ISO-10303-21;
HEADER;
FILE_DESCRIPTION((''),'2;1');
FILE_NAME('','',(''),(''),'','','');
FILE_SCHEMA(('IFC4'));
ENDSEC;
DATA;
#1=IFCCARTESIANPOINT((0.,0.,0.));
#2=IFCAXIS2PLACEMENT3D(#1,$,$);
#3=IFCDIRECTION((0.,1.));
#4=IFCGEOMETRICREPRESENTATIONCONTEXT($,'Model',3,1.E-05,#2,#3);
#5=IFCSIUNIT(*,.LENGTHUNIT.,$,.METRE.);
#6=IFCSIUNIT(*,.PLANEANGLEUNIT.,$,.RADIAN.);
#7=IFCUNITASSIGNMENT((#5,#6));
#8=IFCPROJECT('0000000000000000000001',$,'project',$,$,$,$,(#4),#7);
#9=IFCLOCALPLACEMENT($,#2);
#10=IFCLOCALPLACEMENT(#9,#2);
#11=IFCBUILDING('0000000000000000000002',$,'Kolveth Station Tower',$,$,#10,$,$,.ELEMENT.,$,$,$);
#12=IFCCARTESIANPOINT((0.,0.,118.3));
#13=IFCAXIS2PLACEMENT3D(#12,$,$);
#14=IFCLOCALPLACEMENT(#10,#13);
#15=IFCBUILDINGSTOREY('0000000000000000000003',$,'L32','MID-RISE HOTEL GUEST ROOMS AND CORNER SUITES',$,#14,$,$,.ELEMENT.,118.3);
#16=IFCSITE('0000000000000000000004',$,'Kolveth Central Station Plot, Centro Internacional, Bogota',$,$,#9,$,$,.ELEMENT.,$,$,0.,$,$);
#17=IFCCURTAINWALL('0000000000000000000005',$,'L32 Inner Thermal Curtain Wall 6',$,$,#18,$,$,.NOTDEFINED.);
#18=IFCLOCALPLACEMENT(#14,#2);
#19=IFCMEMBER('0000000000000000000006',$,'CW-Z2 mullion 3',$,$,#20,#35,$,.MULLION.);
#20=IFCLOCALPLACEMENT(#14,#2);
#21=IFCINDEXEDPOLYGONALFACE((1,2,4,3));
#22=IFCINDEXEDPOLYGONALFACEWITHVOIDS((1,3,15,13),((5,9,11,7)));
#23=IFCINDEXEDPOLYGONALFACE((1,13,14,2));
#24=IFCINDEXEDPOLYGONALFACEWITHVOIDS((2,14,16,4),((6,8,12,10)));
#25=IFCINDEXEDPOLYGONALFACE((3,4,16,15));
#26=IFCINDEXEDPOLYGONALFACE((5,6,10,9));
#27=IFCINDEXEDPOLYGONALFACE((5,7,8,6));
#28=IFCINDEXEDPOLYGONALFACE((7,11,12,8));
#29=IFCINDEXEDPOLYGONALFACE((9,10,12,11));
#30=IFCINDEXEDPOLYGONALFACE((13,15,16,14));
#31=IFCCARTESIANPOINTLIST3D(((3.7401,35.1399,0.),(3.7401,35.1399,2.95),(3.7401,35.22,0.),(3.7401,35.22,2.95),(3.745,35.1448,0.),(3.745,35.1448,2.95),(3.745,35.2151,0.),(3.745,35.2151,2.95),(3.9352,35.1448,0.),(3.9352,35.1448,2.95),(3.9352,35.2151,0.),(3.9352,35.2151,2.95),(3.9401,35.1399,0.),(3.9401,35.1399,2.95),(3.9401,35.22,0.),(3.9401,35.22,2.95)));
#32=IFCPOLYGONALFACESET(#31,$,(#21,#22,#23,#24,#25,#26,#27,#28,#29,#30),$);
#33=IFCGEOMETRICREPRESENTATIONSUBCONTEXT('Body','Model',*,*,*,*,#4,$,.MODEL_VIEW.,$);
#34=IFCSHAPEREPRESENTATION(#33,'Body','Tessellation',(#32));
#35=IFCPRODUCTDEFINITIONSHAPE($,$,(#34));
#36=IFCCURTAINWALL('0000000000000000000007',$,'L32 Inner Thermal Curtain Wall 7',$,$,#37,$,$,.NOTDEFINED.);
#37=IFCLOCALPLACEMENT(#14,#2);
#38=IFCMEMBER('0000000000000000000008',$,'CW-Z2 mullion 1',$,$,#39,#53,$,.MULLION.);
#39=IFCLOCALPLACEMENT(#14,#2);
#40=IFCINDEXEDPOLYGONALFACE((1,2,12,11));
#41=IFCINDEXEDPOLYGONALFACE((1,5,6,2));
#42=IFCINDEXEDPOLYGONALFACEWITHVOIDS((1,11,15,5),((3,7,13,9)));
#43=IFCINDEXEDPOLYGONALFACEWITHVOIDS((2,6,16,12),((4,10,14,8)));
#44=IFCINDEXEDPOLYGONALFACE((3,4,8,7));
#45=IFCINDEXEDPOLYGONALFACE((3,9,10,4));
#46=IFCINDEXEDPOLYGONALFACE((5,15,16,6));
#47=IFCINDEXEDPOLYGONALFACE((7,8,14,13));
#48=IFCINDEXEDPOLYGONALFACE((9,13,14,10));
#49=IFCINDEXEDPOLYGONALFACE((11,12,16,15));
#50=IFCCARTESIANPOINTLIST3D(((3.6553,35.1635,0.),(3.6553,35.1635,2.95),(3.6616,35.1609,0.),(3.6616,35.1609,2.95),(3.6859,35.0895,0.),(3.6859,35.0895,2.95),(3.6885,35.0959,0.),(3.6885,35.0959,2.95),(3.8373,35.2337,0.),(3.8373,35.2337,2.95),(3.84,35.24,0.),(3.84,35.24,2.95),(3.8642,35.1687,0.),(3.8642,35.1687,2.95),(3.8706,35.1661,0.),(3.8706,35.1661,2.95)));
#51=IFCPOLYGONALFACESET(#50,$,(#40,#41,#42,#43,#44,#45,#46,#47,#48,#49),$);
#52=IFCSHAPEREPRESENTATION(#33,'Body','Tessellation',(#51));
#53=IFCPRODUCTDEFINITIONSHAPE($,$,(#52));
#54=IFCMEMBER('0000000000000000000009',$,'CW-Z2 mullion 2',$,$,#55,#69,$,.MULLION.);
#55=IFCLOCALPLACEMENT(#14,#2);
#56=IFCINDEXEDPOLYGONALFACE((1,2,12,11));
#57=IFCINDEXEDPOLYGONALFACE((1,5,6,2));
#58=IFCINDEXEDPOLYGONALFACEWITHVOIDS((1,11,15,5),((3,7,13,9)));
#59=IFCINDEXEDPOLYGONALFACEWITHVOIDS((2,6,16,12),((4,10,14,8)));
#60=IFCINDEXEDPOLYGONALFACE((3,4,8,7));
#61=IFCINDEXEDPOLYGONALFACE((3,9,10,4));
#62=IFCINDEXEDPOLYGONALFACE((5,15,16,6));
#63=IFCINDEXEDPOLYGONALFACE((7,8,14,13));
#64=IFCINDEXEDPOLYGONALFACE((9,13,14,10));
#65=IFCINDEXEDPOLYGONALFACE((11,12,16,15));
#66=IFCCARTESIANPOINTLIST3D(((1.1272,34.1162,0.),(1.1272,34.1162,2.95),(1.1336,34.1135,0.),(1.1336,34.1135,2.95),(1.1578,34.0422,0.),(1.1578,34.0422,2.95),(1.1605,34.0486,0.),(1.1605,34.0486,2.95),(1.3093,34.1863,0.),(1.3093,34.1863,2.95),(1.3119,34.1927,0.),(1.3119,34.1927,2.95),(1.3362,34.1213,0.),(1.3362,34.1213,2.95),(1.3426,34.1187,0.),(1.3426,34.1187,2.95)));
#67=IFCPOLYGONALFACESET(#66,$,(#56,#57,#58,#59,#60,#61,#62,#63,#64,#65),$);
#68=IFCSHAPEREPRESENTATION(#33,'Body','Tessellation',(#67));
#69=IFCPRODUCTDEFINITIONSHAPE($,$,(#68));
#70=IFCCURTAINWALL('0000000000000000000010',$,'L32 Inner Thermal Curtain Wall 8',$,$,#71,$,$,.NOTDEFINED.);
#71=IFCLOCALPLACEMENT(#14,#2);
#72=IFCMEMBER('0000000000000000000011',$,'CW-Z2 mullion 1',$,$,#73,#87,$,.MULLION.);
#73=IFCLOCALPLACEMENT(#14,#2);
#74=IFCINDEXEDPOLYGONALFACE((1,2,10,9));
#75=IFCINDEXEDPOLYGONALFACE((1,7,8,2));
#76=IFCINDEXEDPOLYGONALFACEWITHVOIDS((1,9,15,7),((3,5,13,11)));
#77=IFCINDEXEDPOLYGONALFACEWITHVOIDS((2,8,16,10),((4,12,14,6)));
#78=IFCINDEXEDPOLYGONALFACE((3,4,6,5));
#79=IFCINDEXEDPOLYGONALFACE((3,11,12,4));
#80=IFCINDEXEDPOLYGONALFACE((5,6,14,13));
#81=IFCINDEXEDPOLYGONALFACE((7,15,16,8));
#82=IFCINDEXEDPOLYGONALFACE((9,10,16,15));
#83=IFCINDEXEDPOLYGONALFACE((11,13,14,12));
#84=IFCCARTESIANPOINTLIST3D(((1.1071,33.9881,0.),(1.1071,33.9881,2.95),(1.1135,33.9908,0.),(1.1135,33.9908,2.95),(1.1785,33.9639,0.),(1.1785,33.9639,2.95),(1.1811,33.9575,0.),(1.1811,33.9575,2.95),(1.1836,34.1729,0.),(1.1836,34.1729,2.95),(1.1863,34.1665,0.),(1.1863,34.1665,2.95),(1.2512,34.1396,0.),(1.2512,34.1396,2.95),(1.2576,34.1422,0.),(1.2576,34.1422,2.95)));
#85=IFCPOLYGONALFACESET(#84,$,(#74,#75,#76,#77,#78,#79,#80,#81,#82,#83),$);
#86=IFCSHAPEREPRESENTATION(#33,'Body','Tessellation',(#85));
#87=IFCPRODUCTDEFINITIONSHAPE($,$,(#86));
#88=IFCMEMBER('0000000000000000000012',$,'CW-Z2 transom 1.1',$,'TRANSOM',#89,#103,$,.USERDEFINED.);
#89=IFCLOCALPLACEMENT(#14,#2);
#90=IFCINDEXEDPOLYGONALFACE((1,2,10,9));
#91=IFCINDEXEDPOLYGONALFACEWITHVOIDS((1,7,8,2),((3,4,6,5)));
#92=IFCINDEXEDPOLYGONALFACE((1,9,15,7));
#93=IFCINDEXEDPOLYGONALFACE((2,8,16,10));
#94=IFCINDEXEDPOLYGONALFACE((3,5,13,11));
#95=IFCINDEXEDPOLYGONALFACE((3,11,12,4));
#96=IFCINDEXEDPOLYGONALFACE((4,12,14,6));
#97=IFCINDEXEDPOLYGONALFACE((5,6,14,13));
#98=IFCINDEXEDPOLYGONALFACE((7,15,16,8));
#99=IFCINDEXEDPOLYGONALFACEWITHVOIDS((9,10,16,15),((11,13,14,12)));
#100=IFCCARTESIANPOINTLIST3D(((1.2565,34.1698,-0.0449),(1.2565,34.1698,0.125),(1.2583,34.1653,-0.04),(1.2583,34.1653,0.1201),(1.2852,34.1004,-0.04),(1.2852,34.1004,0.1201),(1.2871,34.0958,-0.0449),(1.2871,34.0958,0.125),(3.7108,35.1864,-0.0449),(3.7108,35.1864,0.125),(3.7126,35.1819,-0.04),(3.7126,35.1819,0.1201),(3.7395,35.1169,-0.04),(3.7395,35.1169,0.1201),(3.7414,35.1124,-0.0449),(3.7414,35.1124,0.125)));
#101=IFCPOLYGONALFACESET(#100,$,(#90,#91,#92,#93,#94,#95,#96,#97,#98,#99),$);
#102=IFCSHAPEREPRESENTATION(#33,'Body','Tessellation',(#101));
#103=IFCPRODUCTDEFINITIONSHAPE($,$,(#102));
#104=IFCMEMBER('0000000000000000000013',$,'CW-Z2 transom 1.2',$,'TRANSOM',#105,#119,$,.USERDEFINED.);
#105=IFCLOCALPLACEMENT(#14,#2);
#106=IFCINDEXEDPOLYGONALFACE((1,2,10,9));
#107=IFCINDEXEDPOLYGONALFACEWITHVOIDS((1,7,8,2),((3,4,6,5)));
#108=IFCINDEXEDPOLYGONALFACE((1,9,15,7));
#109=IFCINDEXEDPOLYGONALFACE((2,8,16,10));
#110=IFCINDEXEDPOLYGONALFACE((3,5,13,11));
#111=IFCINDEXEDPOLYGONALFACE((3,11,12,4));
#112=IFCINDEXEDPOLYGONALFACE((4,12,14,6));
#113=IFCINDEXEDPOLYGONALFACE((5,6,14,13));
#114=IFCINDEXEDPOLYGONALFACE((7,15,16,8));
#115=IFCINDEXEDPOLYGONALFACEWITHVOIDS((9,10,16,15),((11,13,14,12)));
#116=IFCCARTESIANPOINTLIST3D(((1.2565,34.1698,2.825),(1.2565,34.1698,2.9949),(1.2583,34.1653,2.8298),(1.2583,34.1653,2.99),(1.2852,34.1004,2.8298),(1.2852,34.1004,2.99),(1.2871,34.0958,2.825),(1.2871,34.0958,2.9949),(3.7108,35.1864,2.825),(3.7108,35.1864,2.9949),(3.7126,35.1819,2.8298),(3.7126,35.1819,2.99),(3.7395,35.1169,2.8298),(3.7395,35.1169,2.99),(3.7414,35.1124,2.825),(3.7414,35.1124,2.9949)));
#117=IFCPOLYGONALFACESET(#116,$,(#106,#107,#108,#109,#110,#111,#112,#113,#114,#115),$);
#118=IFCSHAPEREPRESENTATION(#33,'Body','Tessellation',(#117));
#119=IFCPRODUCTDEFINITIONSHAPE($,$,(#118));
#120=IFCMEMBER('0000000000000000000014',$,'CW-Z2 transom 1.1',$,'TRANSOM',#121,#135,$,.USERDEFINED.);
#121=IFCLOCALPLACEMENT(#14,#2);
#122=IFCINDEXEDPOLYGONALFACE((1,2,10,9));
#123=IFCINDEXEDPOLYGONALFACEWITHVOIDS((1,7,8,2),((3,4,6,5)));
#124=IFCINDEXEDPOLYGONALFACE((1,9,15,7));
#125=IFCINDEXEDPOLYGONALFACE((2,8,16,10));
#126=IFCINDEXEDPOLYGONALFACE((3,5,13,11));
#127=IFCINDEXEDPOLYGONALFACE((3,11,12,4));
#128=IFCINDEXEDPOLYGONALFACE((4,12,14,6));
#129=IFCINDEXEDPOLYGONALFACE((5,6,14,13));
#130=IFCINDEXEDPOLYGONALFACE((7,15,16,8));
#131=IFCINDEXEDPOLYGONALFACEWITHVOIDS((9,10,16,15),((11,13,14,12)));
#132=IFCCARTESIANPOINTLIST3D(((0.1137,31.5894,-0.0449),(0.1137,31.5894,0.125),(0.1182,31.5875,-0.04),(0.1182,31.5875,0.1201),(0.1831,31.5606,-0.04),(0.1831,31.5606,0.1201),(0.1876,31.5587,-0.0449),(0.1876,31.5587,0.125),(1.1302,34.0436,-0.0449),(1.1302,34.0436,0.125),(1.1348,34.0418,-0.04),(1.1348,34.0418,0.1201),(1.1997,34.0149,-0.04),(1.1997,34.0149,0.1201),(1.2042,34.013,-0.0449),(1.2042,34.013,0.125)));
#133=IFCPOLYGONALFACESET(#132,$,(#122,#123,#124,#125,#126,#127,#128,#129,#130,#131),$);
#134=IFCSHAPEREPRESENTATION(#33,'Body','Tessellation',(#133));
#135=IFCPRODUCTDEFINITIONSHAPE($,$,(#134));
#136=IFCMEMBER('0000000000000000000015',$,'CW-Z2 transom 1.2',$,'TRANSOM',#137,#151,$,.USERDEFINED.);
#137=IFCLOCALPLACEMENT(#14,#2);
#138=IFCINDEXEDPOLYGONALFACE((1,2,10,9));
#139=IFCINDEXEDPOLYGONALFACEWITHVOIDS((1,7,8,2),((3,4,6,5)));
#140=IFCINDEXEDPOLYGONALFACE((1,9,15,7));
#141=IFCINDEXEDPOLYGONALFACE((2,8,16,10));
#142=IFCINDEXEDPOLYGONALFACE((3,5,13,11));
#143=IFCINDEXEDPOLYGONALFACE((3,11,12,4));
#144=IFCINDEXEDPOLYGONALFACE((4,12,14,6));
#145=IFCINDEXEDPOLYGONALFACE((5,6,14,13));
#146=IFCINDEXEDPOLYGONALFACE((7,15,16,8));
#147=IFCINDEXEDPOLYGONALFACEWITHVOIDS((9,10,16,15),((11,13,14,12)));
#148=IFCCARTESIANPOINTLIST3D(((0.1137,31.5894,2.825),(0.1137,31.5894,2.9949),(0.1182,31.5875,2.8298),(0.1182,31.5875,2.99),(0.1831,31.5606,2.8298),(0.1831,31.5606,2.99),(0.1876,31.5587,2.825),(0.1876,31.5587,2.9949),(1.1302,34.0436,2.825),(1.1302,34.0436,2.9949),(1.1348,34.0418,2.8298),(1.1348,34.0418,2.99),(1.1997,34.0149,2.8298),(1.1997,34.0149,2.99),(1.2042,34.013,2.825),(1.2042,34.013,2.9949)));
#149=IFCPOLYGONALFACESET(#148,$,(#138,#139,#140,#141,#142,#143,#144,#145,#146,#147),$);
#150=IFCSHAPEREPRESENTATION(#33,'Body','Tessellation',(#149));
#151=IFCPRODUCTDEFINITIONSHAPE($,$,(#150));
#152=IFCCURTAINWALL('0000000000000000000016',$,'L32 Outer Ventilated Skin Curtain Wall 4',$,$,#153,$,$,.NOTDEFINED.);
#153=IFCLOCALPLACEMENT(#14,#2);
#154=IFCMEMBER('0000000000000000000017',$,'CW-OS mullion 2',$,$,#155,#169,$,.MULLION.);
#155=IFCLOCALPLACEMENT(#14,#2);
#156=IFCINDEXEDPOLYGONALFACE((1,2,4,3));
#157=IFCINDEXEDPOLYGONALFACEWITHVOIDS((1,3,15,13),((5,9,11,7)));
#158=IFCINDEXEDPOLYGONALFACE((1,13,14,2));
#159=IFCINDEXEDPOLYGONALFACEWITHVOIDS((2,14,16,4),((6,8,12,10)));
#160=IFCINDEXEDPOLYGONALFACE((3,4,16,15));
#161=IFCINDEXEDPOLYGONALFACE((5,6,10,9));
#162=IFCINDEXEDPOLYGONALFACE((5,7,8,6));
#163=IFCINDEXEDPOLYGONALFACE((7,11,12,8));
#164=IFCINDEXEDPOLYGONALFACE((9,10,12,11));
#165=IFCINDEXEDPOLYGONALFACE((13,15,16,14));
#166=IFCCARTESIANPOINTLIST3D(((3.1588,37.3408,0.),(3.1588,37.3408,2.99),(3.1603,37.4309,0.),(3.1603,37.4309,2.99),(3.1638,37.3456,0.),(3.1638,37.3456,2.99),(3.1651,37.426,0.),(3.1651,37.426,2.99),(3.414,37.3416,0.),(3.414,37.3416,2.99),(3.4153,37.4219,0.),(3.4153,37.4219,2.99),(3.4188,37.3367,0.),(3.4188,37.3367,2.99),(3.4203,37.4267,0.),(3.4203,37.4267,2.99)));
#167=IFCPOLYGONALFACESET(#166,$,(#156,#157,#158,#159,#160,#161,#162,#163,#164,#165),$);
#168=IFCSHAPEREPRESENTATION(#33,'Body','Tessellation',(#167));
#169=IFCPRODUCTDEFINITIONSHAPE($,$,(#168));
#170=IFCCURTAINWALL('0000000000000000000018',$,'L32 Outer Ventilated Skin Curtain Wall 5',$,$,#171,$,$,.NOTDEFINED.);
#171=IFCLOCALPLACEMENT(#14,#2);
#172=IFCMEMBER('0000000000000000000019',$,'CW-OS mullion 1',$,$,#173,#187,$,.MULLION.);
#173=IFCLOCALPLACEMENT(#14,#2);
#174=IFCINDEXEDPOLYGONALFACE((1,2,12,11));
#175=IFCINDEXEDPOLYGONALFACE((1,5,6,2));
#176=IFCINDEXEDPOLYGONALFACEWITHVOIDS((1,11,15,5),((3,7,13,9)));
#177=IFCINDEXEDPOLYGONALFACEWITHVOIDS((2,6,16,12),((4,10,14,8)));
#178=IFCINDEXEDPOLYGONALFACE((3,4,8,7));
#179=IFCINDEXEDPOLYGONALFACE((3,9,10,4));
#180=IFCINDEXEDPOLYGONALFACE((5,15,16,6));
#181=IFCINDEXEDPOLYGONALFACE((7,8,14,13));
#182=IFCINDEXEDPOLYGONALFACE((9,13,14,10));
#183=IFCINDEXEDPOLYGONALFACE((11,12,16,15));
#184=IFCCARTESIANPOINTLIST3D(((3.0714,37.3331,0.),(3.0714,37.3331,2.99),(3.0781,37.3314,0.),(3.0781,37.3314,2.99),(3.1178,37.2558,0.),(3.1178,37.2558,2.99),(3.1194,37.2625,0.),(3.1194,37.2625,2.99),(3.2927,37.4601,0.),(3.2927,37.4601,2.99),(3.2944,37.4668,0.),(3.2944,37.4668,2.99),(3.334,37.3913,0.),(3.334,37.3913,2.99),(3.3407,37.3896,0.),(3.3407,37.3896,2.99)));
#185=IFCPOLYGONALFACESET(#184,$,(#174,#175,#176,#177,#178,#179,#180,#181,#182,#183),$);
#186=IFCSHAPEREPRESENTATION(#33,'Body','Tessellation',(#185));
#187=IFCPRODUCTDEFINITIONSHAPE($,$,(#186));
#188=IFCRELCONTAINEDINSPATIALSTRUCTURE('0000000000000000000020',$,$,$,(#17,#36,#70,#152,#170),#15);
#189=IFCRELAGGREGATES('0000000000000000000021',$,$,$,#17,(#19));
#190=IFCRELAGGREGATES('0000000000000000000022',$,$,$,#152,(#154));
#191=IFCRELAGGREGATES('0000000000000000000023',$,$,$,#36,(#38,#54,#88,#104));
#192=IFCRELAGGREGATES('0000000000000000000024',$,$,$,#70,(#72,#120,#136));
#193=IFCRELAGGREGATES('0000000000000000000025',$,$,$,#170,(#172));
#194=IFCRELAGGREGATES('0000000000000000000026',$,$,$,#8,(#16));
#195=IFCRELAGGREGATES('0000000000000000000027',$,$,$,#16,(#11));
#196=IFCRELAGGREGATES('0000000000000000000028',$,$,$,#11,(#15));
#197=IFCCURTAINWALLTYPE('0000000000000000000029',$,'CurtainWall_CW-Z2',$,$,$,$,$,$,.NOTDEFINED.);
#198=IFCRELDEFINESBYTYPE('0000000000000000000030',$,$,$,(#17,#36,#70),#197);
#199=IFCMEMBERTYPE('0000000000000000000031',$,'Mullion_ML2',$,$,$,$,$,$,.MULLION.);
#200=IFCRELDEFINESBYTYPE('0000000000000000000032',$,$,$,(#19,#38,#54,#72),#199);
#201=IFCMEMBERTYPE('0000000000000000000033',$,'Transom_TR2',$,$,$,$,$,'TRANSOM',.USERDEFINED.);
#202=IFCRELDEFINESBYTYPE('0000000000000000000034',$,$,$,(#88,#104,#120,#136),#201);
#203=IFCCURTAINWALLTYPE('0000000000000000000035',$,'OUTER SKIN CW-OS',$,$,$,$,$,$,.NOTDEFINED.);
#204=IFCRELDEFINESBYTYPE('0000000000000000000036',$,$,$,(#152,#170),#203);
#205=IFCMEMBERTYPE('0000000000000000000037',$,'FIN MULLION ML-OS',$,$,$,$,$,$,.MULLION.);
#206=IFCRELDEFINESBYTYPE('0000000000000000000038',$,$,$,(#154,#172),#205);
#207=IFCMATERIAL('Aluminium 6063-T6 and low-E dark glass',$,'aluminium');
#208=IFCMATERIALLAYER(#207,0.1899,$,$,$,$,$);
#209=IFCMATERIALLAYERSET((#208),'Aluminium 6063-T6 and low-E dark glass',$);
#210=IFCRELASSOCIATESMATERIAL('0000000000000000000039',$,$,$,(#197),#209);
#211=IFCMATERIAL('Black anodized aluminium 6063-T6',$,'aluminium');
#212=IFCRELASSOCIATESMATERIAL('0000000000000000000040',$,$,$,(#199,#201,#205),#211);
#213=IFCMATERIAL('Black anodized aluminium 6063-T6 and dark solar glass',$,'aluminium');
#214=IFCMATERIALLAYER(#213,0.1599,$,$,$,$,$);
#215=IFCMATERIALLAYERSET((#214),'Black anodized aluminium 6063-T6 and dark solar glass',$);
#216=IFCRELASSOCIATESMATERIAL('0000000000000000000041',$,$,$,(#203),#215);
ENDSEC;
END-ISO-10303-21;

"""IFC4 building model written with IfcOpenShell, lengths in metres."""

from ifc_helpers import new_model, si_unit, direction, frame, origin, origin_2d, place, context, subcontext, project, spatial, hollow_rectangle, extrude, source, transform, mapped, material, layer, layer_set, material_profile, profile_set, type_object, element, aggregate, save


model = new_model("IFC4")

# Units and contexts
model_context = context("Model", 3, precision=1e-05, world=origin(), true_north=direction((0.0, 1.0)))
body_context = subcontext(model_context, "Body", "Model", "MODEL_VIEW")
ifc_project = project(units=[si_unit("LENGTHUNIT", "METRE"), si_unit("PLANEANGLEUNIT", "RADIAN")], contexts=[model_context])

# Site, building, storey
site_placement = place(None, origin())
site = spatial("IfcSite", under=ifc_project, at=site_placement, Name="Kolveth Central Station Plot, Centro Internacional, Bogota", CompositionType="ELEMENT", RefElevation=0.0)
building_placement = place(site_placement, origin())
building = spatial("IfcBuilding", under=site, at=building_placement, Name="Kolveth Station Tower", CompositionType="ELEMENT")
storey_placement = place(building_placement, frame((0.0, 0.0, 118.3)))
storey = spatial("IfcBuildingStorey", under=building, at=storey_placement, Name="L32", Description="MID-RISE HOTEL GUEST ROOMS AND CORNER SUITES", CompositionType="ELEMENT", Elevation=118.3)

# Curtain wall, member
ifc_material_1 = material(Name="Aluminium 6063-T6 and low-E dark glass", Category="aluminium")
ifc_layer_1 = layer(ifc_material_1, 0.1899)
ifc_layer_set_1 = layer_set([ifc_layer_1], Name="Aluminium 6063-T6 and low-E dark glass")
curtain_wall_type_1 = type_object("IfcCurtainWallType", Name="CurtainWall_CW-Z2", PredefinedType="NOTDEFINED", material=ifc_layer_set_1)
curtain_wall_1_placement = place(storey_placement, origin())
curtain_wall_1 = element("IfcCurtainWall", 1, at=curtain_wall_1_placement, inside=storey, type_object=curtain_wall_type_1, Name="L32 Inner Thermal Curtain Wall 6", PredefinedType="NOTDEFINED")
ifc_material_2 = material(Name="Black anodized aluminium 6063-T6", Category="aluminium")
ifc_material_profile_1 = material_profile(ifc_material_2, hollow_rectangle(XDim=0.0801, YDim=0.2, WallThickness=0.0049, at=origin_2d()), Name="ALU-80x200x5")
ifc_profile_set_1 = profile_set([ifc_material_profile_1], Name="Black anodized aluminium 6063-T6")
member_type_1 = type_object("IfcMemberType", Name="Mullion_ML2", PredefinedType="MULLION", material=ifc_profile_set_1)
shared_shape_1 = source(origin(), body_context, "Body", "SweptSolid", [
    extrude(hollow_rectangle(XDim=0.0801, YDim=0.2, WallThickness=0.0049, at=origin_2d()), origin(), (0.0, 0.0, 1.0), 2.95),
])
member_1_placement = place(storey_placement, frame((3.8401, 35.1799, 0.0), z_axis=(0.0, 0.0, 1.0), x_axis=(0.0, -1.0, 0.0)))
member_1 = element("IfcMember", 2, at=member_1_placement, type_object=member_type_1, Name="CW-Z2 mullion 3", PredefinedType="MULLION", context=body_context, shape_type="MappedRepresentation", body=[
    mapped(shared_shape_1, transform((0.0, 0.0, 0.0), x_axis=(1.0, 0.0, 0.0), y_axis=(0.0, 1.0, 0.0), z_axis=(0.0, 0.0, 1.0), scale=1.0)),
])
aggregate(curtain_wall_1, [member_1])

# Curtain wall, members
curtain_wall_2_placement = place(storey_placement, origin())
curtain_wall_2 = element("IfcCurtainWall", 3, at=curtain_wall_2_placement, inside=storey, type_object=curtain_wall_type_1, Name="L32 Inner Thermal Curtain Wall 7", PredefinedType="NOTDEFINED")
member_2_placement = place(storey_placement, frame((3.7629, 35.1648, 0.0), z_axis=(0.0, 0.0, 1.0), x_axis=(0.382663, -0.923888, 0.0)))
member_2 = element("IfcMember", 4, at=member_2_placement, type_object=member_type_1, Name="CW-Z2 mullion 1", PredefinedType="MULLION", context=body_context, shape_type="MappedRepresentation", body=[
    mapped(shared_shape_1, transform((0.0, 0.0, 0.0), x_axis=(1.0, 0.0, 0.0), y_axis=(0.0, 1.0, 0.0), z_axis=(0.0, 0.0, 1.0), scale=1.0)),
])
member_3_placement = place(storey_placement, frame((1.2349, 34.1174, 0.0), z_axis=(0.0, 0.0, 1.0), x_axis=(0.382663, -0.923888, 0.0)))
member_3 = element("IfcMember", 5, at=member_3_placement, type_object=member_type_1, Name="CW-Z2 mullion 2", PredefinedType="MULLION", context=body_context, shape_type="MappedRepresentation", body=[
    mapped(shared_shape_1, transform((0.0, 0.0, 0.0), x_axis=(1.0, 0.0, 0.0), y_axis=(0.0, 1.0, 0.0), z_axis=(0.0, 0.0, 1.0), scale=1.0)),
])

# Curtain wall, member
curtain_wall_3_placement = place(storey_placement, origin())
curtain_wall_3 = element("IfcCurtainWall", 6, at=curtain_wall_3_placement, inside=storey, type_object=curtain_wall_type_1, Name="L32 Inner Thermal Curtain Wall 8", PredefinedType="NOTDEFINED")
member_4_placement = place(storey_placement, frame((1.1824, 34.0652, 0.0), z_axis=(0.0, 0.0, 1.0), x_axis=(0.923888, -0.382663, 0.0)))
member_4 = element("IfcMember", 7, at=member_4_placement, type_object=member_type_1, Name="CW-Z2 mullion 1", PredefinedType="MULLION", context=body_context, shape_type="MappedRepresentation", body=[
    mapped(shared_shape_1, transform((0.0, 0.0, 0.0), x_axis=(1.0, 0.0, 0.0), y_axis=(0.0, 1.0, 0.0), z_axis=(0.0, 0.0, 1.0), scale=1.0)),
])

# Members
ifc_material_profile_2 = material_profile(ifc_material_2, hollow_rectangle(XDim=0.0801, YDim=0.1699, WallThickness=0.0049, at=origin_2d()), Name="ALU-80x170x5")
ifc_profile_set_2 = profile_set([ifc_material_profile_2], Name="Black anodized aluminium 6063-T6")
member_type_2 = type_object("IfcMemberType", Name="Transom_TR2", ElementType="TRANSOM", PredefinedType="USERDEFINED", material=ifc_profile_set_2)
shared_shape_2 = source(origin(), body_context, "Body", "SweptSolid", [
    extrude(hollow_rectangle(XDim=0.0801, YDim=0.1699, WallThickness=0.0049, at=origin_2d()), origin(), (0.0, 0.0, 1.0), 2.6565),
])
member_5_placement = place(storey_placement, frame((3.7261, 35.1494, 0.04), z_axis=(-0.923882, -0.382676, 0.0), x_axis=(0.382676, -0.923882, 0.0)))
member_5 = element("IfcMember", 8, at=member_5_placement, type_object=member_type_2, Name="CW-Z2 transom 1.1", ObjectType="TRANSOM", PredefinedType="USERDEFINED", context=body_context, shape_type="MappedRepresentation", body=[
    mapped(shared_shape_2, transform((0.0, 0.0, 0.0), x_axis=(1.0, 0.0, 0.0), y_axis=(0.0, 1.0, 0.0), z_axis=(0.0, 0.0, 1.0), scale=1.0)),
])
member_6_placement = place(storey_placement, frame((3.7261, 35.1494, 2.9099), z_axis=(-0.923882, -0.382676, 0.0), x_axis=(0.382676, -0.923882, 0.0)))
member_6 = element("IfcMember", 9, at=member_6_placement, type_object=member_type_2, Name="CW-Z2 transom 1.2", ObjectType="TRANSOM", PredefinedType="USERDEFINED", context=body_context, shape_type="MappedRepresentation", body=[
    mapped(shared_shape_2, transform((0.0, 0.0, 0.0), x_axis=(1.0, 0.0, 0.0), y_axis=(0.0, 1.0, 0.0), z_axis=(0.0, 0.0, 1.0), scale=1.0)),
])
member_7_placement = place(storey_placement, frame((1.1672, 34.0283, 0.04), z_axis=(-0.382676, -0.923882, 0.0), x_axis=(0.923882, -0.382676, 0.0)))
member_7 = element("IfcMember", 10, at=member_7_placement, type_object=member_type_2, Name="CW-Z2 transom 1.1", ObjectType="TRANSOM", PredefinedType="USERDEFINED", context=body_context, shape_type="MappedRepresentation", body=[
    mapped(shared_shape_2, transform((0.0, 0.0, 0.0), x_axis=(1.0, 0.0, 0.0), y_axis=(0.0, 1.0, 0.0), z_axis=(0.0, 0.0, 1.0), scale=1.0)),
])
member_8_placement = place(storey_placement, frame((1.1672, 34.0283, 2.9099), z_axis=(-0.382676, -0.923882, 0.0), x_axis=(0.923882, -0.382676, 0.0)))
member_8 = element("IfcMember", 11, at=member_8_placement, type_object=member_type_2, Name="CW-Z2 transom 1.2", ObjectType="TRANSOM", PredefinedType="USERDEFINED", context=body_context, shape_type="MappedRepresentation", body=[
    mapped(shared_shape_2, transform((0.0, 0.0, 0.0), x_axis=(1.0, 0.0, 0.0), y_axis=(0.0, 1.0, 0.0), z_axis=(0.0, 0.0, 1.0), scale=1.0)),
])

# Curtain wall, member
ifc_material_3 = material(Name="Black anodized aluminium 6063-T6 and dark solar glass", Category="aluminium")
ifc_layer_2 = layer(ifc_material_3, 0.1599)
ifc_layer_set_2 = layer_set([ifc_layer_2], Name="Black anodized aluminium 6063-T6 and dark solar glass")
curtain_wall_type_2 = type_object("IfcCurtainWallType", Name="OUTER SKIN CW-OS", PredefinedType="NOTDEFINED", material=ifc_layer_set_2)
curtain_wall_4_placement = place(storey_placement, origin())
curtain_wall_4 = element("IfcCurtainWall", 12, at=curtain_wall_4_placement, inside=storey, type_object=curtain_wall_type_2, Name="L32 Outer Ventilated Skin Curtain Wall 4", PredefinedType="NOTDEFINED")
ifc_material_profile_3 = material_profile(ifc_material_2, hollow_rectangle(XDim=0.0901, YDim=0.26, WallThickness=0.0049, at=origin_2d()), Name="ALU-90x260x5")
ifc_profile_set_3 = profile_set([ifc_material_profile_3], Name="Black anodized aluminium 6063-T6")
member_type_3 = type_object("IfcMemberType", Name="FIN MULLION ML-OS", PredefinedType="MULLION", material=ifc_profile_set_3)
shared_shape_3 = source(origin(), body_context, "Body", "SweptSolid", [
    extrude(hollow_rectangle(XDim=0.0901, YDim=0.26, WallThickness=0.0049, at=origin_2d()), origin(), (0.0, 0.0, 1.0), 2.99),
])
member_9_placement = place(storey_placement, frame((3.2896, 37.3838, 0.0), z_axis=(0.0, 0.0, 1.0), x_axis=(-0.016076, -0.999871, 0.0)))
member_9 = element("IfcMember", 13, at=member_9_placement, type_object=member_type_3, Name="CW-OS mullion 2", PredefinedType="MULLION", context=body_context, shape_type="MappedRepresentation", body=[
    mapped(shared_shape_3, transform((0.0, 0.0, 0.0), x_axis=(1.0, 0.0, 0.0), y_axis=(0.0, 1.0, 0.0), z_axis=(0.0, 0.0, 1.0), scale=1.0)),
])
aggregate(curtain_wall_4, [member_9])

# Curtain wall, member
curtain_wall_5_placement = place(storey_placement, origin())
curtain_wall_5 = element("IfcCurtainWall", 14, at=curtain_wall_5_placement, inside=storey, type_object=curtain_wall_type_2, Name="L32 Outer Ventilated Skin Curtain Wall 5", PredefinedType="NOTDEFINED")
member_10_placement = place(storey_placement, frame((3.2061, 37.3613, 0.0), z_axis=(0.0, 0.0, 1.0), x_axis=(0.514549, -0.857461, 0.0)))
member_10 = element("IfcMember", 15, at=member_10_placement, type_object=member_type_3, Name="CW-OS mullion 1", PredefinedType="MULLION", context=body_context, shape_type="MappedRepresentation", body=[
    mapped(shared_shape_3, transform((0.0, 0.0, 0.0), x_axis=(1.0, 0.0, 0.0), y_axis=(0.0, 1.0, 0.0), z_axis=(0.0, 0.0, 1.0), scale=1.0)),
])

aggregate(curtain_wall_2, [member_2, member_3, member_5, member_6])
aggregate(curtain_wall_3, [member_4, member_7, member_8])
aggregate(curtain_wall_5, [member_10])

save(model, "model.ifc")
